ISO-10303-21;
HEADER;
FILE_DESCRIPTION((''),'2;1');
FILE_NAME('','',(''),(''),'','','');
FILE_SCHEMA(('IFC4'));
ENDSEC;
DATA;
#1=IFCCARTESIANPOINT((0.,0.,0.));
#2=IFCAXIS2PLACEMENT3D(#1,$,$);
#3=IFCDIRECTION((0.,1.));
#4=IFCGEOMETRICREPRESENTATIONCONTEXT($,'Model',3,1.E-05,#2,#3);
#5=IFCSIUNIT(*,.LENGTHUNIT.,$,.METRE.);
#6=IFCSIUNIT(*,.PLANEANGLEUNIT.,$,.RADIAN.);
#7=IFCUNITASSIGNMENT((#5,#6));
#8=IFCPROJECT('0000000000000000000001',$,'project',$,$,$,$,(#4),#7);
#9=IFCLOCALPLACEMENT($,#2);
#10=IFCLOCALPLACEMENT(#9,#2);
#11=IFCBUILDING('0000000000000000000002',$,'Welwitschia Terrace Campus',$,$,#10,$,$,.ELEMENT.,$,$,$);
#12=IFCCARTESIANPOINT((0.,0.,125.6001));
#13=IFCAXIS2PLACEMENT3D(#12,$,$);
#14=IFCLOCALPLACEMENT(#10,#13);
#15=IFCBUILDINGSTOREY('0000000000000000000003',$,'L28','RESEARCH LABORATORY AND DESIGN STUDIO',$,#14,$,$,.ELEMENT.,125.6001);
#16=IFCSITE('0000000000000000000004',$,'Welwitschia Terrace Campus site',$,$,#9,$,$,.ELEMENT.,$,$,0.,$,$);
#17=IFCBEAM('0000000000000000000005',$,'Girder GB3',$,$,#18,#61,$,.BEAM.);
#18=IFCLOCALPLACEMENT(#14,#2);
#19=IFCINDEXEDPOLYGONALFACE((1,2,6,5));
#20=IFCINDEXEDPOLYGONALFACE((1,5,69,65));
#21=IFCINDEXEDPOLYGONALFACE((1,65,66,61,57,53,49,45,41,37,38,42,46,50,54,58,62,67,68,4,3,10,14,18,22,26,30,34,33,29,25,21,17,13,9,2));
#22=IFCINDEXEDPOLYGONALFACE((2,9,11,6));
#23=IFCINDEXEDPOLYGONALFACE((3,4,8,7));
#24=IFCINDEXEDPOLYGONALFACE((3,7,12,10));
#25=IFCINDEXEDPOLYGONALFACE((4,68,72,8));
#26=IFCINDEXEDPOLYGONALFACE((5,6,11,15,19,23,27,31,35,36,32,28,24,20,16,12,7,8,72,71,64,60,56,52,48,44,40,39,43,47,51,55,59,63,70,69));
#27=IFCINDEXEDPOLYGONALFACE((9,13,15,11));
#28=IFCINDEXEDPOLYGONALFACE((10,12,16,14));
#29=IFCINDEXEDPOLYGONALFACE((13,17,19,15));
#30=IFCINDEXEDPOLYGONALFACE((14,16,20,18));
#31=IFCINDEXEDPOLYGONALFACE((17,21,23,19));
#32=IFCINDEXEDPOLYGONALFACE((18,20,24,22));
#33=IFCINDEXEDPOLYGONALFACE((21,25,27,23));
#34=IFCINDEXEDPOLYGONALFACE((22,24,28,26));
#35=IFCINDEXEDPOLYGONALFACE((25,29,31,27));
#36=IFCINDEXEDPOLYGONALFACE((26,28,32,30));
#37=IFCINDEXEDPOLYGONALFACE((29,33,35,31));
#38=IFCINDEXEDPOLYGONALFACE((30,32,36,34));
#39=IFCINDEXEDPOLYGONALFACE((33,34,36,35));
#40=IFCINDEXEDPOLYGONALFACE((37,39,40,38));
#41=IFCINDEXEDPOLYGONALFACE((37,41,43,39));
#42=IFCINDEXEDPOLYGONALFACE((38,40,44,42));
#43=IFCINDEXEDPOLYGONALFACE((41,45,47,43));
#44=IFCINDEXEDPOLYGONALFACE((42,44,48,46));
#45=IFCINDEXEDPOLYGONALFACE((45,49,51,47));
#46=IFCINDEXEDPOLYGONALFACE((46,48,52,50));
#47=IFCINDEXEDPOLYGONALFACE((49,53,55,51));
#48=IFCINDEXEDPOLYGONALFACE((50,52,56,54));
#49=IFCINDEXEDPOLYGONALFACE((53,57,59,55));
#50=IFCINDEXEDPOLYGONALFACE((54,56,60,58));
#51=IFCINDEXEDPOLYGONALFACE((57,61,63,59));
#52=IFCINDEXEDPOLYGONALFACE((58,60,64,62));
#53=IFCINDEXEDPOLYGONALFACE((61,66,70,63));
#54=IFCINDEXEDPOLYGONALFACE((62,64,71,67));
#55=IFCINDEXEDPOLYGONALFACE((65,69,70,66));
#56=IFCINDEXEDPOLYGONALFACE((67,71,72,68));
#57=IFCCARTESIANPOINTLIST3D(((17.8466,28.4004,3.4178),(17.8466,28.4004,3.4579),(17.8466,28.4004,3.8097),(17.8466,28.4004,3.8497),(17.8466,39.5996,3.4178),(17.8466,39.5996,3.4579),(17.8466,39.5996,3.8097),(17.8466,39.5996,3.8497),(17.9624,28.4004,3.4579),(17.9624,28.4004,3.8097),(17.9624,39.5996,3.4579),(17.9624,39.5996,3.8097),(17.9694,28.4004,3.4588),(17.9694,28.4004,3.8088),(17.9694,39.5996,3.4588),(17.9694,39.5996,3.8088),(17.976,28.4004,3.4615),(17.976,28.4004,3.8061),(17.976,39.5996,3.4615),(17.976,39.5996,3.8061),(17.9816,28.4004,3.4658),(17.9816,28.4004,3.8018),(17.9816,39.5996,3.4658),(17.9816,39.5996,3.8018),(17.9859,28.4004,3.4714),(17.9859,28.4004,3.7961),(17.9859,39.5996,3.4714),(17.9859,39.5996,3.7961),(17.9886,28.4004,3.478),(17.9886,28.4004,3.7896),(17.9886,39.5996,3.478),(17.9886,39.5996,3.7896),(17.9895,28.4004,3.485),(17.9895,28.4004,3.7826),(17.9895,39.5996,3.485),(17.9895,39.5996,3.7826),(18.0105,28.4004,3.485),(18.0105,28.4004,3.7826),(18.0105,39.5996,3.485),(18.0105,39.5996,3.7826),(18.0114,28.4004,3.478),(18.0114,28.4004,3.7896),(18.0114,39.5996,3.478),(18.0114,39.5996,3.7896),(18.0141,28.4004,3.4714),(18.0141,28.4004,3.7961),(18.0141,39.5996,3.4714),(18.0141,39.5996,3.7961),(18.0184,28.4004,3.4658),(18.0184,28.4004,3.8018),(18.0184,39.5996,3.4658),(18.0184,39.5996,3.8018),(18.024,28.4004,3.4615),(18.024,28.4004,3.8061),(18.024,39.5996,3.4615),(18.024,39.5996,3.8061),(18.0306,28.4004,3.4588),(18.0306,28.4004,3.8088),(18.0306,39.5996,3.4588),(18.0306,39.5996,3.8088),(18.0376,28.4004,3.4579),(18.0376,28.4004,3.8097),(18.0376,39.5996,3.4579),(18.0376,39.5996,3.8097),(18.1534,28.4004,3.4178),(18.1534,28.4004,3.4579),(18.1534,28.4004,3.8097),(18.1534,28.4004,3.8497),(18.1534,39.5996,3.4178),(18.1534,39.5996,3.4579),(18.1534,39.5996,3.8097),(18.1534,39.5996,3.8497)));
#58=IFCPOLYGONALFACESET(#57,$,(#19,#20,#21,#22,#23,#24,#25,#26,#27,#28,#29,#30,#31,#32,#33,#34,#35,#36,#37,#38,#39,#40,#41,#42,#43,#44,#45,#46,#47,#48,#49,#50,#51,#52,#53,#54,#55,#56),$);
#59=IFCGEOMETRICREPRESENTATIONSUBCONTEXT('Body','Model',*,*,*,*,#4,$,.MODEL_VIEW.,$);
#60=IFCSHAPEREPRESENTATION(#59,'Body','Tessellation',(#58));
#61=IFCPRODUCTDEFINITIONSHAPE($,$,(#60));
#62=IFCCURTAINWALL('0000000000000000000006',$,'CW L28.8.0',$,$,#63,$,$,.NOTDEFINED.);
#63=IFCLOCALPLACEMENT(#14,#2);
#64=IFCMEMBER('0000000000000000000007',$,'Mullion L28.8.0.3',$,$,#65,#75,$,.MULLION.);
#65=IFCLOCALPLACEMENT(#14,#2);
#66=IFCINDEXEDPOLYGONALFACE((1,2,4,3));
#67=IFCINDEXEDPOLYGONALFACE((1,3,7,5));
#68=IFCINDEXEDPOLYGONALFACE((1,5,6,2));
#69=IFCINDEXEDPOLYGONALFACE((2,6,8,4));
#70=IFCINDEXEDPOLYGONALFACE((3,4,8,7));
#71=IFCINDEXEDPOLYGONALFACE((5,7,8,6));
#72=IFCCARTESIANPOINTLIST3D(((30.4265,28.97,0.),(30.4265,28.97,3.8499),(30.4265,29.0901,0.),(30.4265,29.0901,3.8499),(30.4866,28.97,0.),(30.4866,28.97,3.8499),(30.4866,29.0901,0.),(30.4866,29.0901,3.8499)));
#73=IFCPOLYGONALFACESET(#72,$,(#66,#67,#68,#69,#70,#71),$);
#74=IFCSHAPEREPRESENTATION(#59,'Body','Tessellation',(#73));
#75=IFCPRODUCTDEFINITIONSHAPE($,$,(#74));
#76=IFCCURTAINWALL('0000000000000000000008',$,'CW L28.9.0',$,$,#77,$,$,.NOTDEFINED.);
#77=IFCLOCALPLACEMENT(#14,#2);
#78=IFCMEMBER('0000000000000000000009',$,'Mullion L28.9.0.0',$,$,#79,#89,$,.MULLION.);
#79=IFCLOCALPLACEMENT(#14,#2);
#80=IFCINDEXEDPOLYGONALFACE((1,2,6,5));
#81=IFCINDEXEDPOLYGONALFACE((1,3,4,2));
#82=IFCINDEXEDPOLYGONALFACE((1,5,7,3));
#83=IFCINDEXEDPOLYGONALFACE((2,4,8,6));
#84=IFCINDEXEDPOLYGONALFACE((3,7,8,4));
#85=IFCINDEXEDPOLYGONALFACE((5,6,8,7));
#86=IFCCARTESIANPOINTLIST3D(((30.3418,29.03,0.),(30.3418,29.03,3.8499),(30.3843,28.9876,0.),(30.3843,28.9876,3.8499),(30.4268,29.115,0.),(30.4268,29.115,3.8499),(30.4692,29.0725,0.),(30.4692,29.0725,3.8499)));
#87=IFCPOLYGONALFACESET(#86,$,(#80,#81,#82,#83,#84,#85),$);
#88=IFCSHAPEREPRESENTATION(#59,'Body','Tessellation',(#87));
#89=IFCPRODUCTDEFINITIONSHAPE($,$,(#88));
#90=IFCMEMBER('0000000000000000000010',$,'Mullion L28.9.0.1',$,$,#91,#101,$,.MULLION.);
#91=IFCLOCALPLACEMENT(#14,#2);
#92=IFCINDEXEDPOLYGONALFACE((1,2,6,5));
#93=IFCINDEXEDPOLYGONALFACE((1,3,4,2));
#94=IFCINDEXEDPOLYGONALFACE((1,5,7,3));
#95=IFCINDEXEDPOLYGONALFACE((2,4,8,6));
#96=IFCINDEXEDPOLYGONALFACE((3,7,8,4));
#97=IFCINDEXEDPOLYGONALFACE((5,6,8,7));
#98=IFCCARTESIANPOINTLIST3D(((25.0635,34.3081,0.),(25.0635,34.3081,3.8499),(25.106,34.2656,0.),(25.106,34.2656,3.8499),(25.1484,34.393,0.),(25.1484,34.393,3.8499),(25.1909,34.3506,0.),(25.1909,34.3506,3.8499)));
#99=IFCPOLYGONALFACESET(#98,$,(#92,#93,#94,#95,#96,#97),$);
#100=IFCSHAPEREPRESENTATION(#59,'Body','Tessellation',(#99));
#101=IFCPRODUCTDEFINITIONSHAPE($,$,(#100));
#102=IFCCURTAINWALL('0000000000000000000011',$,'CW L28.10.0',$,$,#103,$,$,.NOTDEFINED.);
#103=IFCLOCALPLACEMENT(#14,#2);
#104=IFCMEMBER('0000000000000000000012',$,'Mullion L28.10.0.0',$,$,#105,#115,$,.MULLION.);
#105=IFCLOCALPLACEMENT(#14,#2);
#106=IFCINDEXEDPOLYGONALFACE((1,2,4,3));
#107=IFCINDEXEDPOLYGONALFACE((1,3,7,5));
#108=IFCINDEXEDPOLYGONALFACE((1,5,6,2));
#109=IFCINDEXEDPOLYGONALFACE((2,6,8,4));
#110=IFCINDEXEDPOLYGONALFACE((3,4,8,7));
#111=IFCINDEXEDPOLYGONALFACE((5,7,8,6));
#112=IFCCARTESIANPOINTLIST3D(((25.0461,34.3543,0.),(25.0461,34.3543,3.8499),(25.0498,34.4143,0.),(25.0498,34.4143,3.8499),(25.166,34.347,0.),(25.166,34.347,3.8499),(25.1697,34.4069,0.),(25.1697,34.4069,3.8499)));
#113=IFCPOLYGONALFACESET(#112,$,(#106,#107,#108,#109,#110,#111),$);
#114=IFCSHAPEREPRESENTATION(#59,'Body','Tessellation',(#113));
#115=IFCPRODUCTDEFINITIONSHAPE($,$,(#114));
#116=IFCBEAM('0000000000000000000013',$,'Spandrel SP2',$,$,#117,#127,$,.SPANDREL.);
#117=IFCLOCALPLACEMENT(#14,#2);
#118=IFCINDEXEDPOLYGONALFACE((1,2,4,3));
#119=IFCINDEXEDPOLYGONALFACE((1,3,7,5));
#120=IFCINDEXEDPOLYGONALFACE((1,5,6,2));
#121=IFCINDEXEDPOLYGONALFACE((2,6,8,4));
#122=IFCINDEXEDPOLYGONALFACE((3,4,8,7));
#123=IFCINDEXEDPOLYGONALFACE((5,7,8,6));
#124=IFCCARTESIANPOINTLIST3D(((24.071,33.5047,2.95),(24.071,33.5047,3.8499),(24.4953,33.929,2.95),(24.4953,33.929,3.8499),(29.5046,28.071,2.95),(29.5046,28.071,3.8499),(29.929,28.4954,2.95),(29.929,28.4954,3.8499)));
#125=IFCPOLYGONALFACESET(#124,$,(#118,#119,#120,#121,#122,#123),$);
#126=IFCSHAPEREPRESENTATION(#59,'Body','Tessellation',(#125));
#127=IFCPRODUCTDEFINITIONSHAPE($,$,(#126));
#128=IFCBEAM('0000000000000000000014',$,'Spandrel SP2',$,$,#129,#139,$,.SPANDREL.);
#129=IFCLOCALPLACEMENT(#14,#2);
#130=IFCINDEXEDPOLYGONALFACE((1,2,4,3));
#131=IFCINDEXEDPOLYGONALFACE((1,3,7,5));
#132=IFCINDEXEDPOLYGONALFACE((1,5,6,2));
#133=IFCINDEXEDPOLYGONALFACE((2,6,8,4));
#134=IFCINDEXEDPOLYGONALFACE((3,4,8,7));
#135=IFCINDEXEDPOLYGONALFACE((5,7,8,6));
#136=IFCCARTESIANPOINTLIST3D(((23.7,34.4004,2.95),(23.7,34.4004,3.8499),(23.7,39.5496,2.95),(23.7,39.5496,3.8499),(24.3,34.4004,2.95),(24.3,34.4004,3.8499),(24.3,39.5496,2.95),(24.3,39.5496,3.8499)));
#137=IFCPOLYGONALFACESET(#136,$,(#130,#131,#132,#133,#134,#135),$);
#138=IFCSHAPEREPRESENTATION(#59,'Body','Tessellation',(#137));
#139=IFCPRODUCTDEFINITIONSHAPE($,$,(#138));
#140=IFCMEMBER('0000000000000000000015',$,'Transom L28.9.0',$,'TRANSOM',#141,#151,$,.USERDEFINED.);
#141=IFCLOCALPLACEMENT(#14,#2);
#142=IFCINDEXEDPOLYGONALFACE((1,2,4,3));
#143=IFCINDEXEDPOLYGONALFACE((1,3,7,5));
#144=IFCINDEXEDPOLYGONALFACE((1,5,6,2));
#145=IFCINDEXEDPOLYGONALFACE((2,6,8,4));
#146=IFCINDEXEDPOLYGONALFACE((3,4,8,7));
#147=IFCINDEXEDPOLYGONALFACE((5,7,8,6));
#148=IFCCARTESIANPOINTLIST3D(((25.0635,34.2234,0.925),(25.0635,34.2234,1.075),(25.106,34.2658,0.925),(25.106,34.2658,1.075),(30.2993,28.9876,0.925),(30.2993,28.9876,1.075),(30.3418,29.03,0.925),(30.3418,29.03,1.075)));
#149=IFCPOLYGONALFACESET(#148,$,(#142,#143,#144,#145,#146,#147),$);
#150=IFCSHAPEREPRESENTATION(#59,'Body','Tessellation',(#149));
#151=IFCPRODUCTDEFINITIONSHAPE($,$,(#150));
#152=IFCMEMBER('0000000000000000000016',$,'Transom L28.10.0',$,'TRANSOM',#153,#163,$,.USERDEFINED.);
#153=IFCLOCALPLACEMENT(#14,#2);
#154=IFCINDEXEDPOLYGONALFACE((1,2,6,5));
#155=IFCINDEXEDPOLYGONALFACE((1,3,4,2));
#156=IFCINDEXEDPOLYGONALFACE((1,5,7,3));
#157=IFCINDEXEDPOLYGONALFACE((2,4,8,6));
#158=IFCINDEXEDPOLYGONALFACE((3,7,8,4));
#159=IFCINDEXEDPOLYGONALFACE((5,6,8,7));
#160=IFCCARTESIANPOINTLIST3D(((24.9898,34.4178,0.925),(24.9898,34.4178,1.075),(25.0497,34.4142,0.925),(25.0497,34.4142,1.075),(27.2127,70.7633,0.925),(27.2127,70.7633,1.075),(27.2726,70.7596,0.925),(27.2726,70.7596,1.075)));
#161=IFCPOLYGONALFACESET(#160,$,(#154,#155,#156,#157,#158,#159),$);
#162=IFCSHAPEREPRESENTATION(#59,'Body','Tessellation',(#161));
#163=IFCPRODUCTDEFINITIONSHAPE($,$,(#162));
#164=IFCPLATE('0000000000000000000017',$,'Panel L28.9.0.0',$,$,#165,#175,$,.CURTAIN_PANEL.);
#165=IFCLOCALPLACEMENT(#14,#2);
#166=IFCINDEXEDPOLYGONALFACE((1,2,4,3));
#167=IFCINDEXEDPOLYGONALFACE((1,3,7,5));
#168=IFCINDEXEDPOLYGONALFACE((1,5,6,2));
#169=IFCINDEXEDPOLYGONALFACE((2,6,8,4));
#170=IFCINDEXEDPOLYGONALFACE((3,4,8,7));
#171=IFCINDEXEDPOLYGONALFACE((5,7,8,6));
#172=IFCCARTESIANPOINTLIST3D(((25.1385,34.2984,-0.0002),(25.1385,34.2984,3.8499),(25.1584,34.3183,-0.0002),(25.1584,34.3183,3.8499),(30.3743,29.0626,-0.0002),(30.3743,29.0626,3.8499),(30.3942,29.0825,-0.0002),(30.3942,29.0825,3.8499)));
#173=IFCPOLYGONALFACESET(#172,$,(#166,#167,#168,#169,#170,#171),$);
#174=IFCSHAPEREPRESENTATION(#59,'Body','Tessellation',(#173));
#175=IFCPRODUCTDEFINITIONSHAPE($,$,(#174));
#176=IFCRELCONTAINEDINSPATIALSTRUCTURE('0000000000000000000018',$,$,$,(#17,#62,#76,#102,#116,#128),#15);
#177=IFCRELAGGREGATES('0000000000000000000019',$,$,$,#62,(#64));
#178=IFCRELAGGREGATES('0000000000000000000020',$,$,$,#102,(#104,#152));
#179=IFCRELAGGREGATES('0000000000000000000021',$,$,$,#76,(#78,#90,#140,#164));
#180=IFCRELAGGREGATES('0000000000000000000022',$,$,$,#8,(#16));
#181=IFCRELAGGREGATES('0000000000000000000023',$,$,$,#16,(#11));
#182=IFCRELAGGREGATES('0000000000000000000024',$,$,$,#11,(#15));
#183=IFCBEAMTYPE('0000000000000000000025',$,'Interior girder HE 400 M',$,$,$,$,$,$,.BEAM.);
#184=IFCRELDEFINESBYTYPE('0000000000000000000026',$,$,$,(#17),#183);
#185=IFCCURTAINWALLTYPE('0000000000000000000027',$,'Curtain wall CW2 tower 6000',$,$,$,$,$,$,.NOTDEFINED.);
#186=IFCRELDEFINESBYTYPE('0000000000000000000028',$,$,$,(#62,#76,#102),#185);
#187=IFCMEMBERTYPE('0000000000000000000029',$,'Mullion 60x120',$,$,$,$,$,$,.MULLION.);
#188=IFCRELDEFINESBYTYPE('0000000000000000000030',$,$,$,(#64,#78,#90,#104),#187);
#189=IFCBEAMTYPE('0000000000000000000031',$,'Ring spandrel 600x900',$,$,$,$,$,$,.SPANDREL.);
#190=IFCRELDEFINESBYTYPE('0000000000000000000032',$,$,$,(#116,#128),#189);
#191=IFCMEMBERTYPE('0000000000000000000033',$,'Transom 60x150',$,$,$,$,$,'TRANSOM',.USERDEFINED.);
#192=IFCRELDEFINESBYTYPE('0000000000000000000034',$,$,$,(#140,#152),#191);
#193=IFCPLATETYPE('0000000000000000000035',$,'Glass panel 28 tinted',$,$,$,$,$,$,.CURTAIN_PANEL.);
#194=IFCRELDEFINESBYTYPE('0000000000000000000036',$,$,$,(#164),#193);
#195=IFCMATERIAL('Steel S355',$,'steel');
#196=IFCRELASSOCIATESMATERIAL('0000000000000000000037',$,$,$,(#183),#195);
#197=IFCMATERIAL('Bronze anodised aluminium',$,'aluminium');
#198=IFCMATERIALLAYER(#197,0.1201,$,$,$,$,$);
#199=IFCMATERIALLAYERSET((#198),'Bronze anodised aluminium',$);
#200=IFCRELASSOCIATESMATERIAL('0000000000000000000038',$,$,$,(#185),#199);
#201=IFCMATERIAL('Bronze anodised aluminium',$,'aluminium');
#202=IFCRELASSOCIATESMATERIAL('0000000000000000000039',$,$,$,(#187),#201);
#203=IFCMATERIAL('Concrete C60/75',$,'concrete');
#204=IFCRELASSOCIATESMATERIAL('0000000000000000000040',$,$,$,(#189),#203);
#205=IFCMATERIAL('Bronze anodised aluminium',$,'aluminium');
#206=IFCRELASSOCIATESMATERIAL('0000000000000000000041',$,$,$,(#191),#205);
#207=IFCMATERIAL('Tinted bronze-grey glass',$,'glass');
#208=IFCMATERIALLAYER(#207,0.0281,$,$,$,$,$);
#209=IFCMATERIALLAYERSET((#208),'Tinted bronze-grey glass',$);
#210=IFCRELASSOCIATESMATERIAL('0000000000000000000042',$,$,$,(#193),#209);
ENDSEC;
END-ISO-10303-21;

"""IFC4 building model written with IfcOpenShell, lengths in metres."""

from ifc_helpers import new_model, si_unit, direction, frame, origin, origin_2d, place, context, subcontext, project, spatial, rectangle, i_section, extrude, material, layer, layer_set, material_profile, profile_set, type_object, element, aggregate, save


model = new_model("IFC4")

# Units and contexts
model_context = context("Model", 3, precision=1e-05, world=origin(), true_north=direction((0.0, 1.0)))
body_context = subcontext(model_context, "Body", "Model", "MODEL_VIEW")
ifc_project = project(units=[si_unit("LENGTHUNIT", "METRE"), si_unit("PLANEANGLEUNIT", "RADIAN")], contexts=[model_context])

# Site, building, storey
site_placement = place(None, origin())
site = spatial("IfcSite", under=ifc_project, at=site_placement, Name="Welwitschia Terrace Campus site", CompositionType="ELEMENT", RefElevation=0.0)
building_placement = place(site_placement, origin())
building = spatial("IfcBuilding", under=site, at=building_placement, Name="Welwitschia Terrace Campus", CompositionType="ELEMENT")
storey_placement = place(building_placement, frame((0.0, 0.0, 125.6001)))
storey = spatial("IfcBuildingStorey", under=building, at=storey_placement, Name="L28", Description="RESEARCH LABORATORY AND DESIGN STUDIO", CompositionType="ELEMENT", Elevation=125.6001)

# Beam
ifc_material_1 = material(Name="Steel S355", Category="steel")
ifc_material_profile_1 = material_profile(ifc_material_1, i_section(OverallWidth=0.3069, OverallDepth=0.4319, WebThickness=0.021, FlangeThickness=0.04, FilletRadius=0.0271, at=origin_2d()))
ifc_profile_set_1 = profile_set([ifc_material_profile_1], Name="Steel S355")
beam_type_1 = type_object("IfcBeamType", Name="Interior girder HE 400 M", PredefinedType="BEAM", material=ifc_profile_set_1)
beam_1_placement = place(storey_placement, frame((18.0, 28.4004, 3.6338), z_axis=(0.0, 1.0, 0.0), x_axis=(-1.0, 0.0, 0.0)))
element("IfcBeam", 1, at=beam_1_placement, inside=storey, type_object=beam_type_1, Name="Girder GB3", PredefinedType="BEAM", context=body_context, shape_type="SweptSolid", body=[
    extrude(i_section(OverallWidth=0.3069, OverallDepth=0.4319, WebThickness=0.021, FlangeThickness=0.04, FilletRadius=0.0271, at=origin_2d()), origin(), (0.0, 0.0, 1.0), 11.1992),
])

# Curtain wall, member
ifc_material_2 = material(Name="Bronze anodised aluminium", Category="aluminium")
ifc_layer_1 = layer(ifc_material_2, 0.1201)
ifc_layer_set_1 = layer_set([ifc_layer_1], Name="Bronze anodised aluminium")
curtain_wall_type = type_object("IfcCurtainWallType", Name="Curtain wall CW2 tower 6000", PredefinedType="NOTDEFINED", material=ifc_layer_set_1)
curtain_wall_1_placement = place(storey_placement, origin())
curtain_wall_1 = element("IfcCurtainWall", 2, at=curtain_wall_1_placement, inside=storey, type_object=curtain_wall_type, Name="CW L28.8.0", PredefinedType="NOTDEFINED")
ifc_material_3 = material(Name="Bronze anodised aluminium", Category="aluminium")
ifc_material_profile_2 = material_profile(ifc_material_3, rectangle(XDim=0.1201, YDim=0.0601, at=origin_2d()))
ifc_profile_set_2 = profile_set([ifc_material_profile_2], Name="Bronze anodised aluminium")
member_type_1 = type_object("IfcMemberType", Name="Mullion 60x120", PredefinedType="MULLION", material=ifc_profile_set_2)
member_1_placement = place(storey_placement, frame((30.4565, 29.03, 0.0), z_axis=(0.0, 0.0, 1.0), x_axis=(0.0, -1.0, 0.0)))
member_1 = element("IfcMember", 3, at=member_1_placement, type_object=member_type_1, Name="Mullion L28.8.0.3", PredefinedType="MULLION", context=body_context, shape_type="SweptSolid", body=[
    extrude(rectangle(XDim=0.1201, YDim=0.0601, at=origin_2d()), origin(), (0.0, 0.0, 1.0), 3.8499),
])
aggregate(curtain_wall_1, [member_1])

# Curtain wall, members
curtain_wall_2_placement = place(storey_placement, origin())
curtain_wall_2 = element("IfcCurtainWall", 4, at=curtain_wall_2_placement, inside=storey, type_object=curtain_wall_type, Name="CW L28.9.0", PredefinedType="NOTDEFINED")
member_2_placement = place(storey_placement, frame((30.4055, 29.0513, 0.0), z_axis=(0.0, 0.0, 1.0), x_axis=(-0.707107, -0.707107, 0.0)))
member_2 = element("IfcMember", 5, at=member_2_placement, type_object=member_type_1, Name="Mullion L28.9.0.0", PredefinedType="MULLION", context=body_context, shape_type="SweptSolid", body=[
    extrude(rectangle(XDim=0.1201, YDim=0.0601, at=origin_2d()), origin(), (0.0, 0.0, 1.0), 3.8499),
])
member_3_placement = place(storey_placement, frame((25.1272, 34.3293, 0.0), z_axis=(0.0, 0.0, 1.0), x_axis=(-0.707107, -0.707107, 0.0)))
member_3 = element("IfcMember", 6, at=member_3_placement, type_object=member_type_1, Name="Mullion L28.9.0.1", PredefinedType="MULLION", context=body_context, shape_type="SweptSolid", body=[
    extrude(rectangle(XDim=0.1201, YDim=0.0601, at=origin_2d()), origin(), (0.0, 0.0, 1.0), 3.8499),
])

# Curtain wall, member
curtain_wall_3_placement = place(storey_placement, origin())
curtain_wall_3 = element("IfcCurtainWall", 7, at=curtain_wall_3_placement, inside=storey, type_object=curtain_wall_type, Name="CW L28.10.0", PredefinedType="NOTDEFINED")
member_4_placement = place(storey_placement, frame((25.1079, 34.3806, 0.0), z_axis=(0.0, 0.0, 1.0), x_axis=(-0.998135, 0.061049, 0.0)))
member_4 = element("IfcMember", 8, at=member_4_placement, type_object=member_type_1, Name="Mullion L28.10.0.0", PredefinedType="MULLION", context=body_context, shape_type="SweptSolid", body=[
    extrude(rectangle(XDim=0.1201, YDim=0.0601, at=origin_2d()), origin(), (0.0, 0.0, 1.0), 3.8499),
])

# Beams
ifc_material_4 = material(Name="Concrete C60/75", Category="concrete")
ifc_material_profile_3 = material_profile(ifc_material_4, rectangle(XDim=0.6001, YDim=0.8999, at=origin_2d()))
ifc_profile_set_3 = profile_set([ifc_material_profile_3], Name="Concrete C60/75")
beam_type_2 = type_object("IfcBeamType", Name="Ring spandrel 600x900", PredefinedType="SPANDREL", material=ifc_profile_set_3)
beam_2_placement = place(storey_placement, frame((29.7168, 28.2832, 3.3999), z_axis=(-0.707107, 0.707107, 0.0), x_axis=(-0.707107, -0.707107, 0.0)))
element("IfcBeam", 9, at=beam_2_placement, inside=storey, type_object=beam_type_2, Name="Spandrel SP2", PredefinedType="SPANDREL", context=body_context, shape_type="SweptSolid", body=[
    extrude(rectangle(XDim=0.6001, YDim=0.8999, at=origin_2d()), origin(), (0.0, 0.0, 1.0), 7.6843),
])
beam_3_placement = place(storey_placement, frame((24.0, 34.4004, 3.3999), z_axis=(0.0, 1.0, 0.0), x_axis=(-1.0, 0.0, 0.0)))
element("IfcBeam", 10, at=beam_3_placement, inside=storey, type_object=beam_type_2, Name="Spandrel SP2", PredefinedType="SPANDREL", context=body_context, shape_type="SweptSolid", body=[
    extrude(rectangle(XDim=0.6001, YDim=0.8999, at=origin_2d()), origin(), (0.0, 0.0, 1.0), 5.1492),
])

# Members
ifc_material_5 = material(Name="Bronze anodised aluminium", Category="aluminium")
ifc_material_profile_4 = material_profile(ifc_material_5, rectangle(XDim=0.0601, YDim=0.1499, at=origin_2d()))
ifc_profile_set_4 = profile_set([ifc_material_profile_4], Name="Bronze anodised aluminium")
member_type_2 = type_object("IfcMemberType", Name="Transom 60x150", ElementType="TRANSOM", PredefinedType="USERDEFINED", material=ifc_profile_set_4)
member_5_placement = place(storey_placement, frame((30.3206, 29.0088, 1.0), z_axis=(-0.707107, 0.707107, 0.0), x_axis=(-0.707107, -0.707107, 0.0)))
member_5 = element("IfcMember", 11, at=member_5_placement, type_object=member_type_2, Name="Transom L28.9.0", ObjectType="TRANSOM", PredefinedType="USERDEFINED", context=body_context, shape_type="SweptSolid", body=[
    extrude(rectangle(XDim=0.0601, YDim=0.1499, at=origin_2d()), origin(), (0.0, 0.0, 1.0), 7.4045),
])
member_6_placement = place(storey_placement, frame((25.0198, 34.416, 1.0), z_axis=(0.061046, 0.998135, 0.0), x_axis=(-0.998135, 0.061046, 0.0)))
member_6 = element("IfcMember", 12, at=member_6_placement, type_object=member_type_2, Name="Transom L28.10.0", ObjectType="TRANSOM", PredefinedType="USERDEFINED", context=body_context, shape_type="SweptSolid", body=[
    extrude(rectangle(XDim=0.0601, YDim=0.1499, at=origin_2d()), origin(), (0.0, 0.0, 1.0), 36.4133),
])
aggregate(curtain_wall_3, [member_4, member_6])

# Plate
ifc_material_6 = material(Name="Tinted bronze-grey glass", Category="glass")
ifc_layer_2 = layer(ifc_material_6, 0.0281)
ifc_layer_set_2 = layer_set([ifc_layer_2], Name="Tinted bronze-grey glass")
plate_type = type_object("IfcPlateType", Name="Glass panel 28 tinted", PredefinedType="CURTAIN_PANEL", material=ifc_layer_set_2)
plate_placement = place(storey_placement, frame((27.7664, 31.6904, -0.0002), z_axis=(0.0, 0.0, 1.0), x_axis=(-0.707107, 0.707107, 0.0)))
plate = element("IfcPlate", 13, at=plate_placement, type_object=plate_type, Name="Panel L28.9.0.0", PredefinedType="CURTAIN_PANEL", context=body_context, shape_type="SweptSolid", body=[
    extrude(rectangle(XDim=7.4045, YDim=0.0281, at=origin_2d()), origin(), (0.0, 0.0, 1.0), 3.8501),
])
aggregate(curtain_wall_2, [member_2, member_3, member_5, plate])

save(model, "model.ifc")
